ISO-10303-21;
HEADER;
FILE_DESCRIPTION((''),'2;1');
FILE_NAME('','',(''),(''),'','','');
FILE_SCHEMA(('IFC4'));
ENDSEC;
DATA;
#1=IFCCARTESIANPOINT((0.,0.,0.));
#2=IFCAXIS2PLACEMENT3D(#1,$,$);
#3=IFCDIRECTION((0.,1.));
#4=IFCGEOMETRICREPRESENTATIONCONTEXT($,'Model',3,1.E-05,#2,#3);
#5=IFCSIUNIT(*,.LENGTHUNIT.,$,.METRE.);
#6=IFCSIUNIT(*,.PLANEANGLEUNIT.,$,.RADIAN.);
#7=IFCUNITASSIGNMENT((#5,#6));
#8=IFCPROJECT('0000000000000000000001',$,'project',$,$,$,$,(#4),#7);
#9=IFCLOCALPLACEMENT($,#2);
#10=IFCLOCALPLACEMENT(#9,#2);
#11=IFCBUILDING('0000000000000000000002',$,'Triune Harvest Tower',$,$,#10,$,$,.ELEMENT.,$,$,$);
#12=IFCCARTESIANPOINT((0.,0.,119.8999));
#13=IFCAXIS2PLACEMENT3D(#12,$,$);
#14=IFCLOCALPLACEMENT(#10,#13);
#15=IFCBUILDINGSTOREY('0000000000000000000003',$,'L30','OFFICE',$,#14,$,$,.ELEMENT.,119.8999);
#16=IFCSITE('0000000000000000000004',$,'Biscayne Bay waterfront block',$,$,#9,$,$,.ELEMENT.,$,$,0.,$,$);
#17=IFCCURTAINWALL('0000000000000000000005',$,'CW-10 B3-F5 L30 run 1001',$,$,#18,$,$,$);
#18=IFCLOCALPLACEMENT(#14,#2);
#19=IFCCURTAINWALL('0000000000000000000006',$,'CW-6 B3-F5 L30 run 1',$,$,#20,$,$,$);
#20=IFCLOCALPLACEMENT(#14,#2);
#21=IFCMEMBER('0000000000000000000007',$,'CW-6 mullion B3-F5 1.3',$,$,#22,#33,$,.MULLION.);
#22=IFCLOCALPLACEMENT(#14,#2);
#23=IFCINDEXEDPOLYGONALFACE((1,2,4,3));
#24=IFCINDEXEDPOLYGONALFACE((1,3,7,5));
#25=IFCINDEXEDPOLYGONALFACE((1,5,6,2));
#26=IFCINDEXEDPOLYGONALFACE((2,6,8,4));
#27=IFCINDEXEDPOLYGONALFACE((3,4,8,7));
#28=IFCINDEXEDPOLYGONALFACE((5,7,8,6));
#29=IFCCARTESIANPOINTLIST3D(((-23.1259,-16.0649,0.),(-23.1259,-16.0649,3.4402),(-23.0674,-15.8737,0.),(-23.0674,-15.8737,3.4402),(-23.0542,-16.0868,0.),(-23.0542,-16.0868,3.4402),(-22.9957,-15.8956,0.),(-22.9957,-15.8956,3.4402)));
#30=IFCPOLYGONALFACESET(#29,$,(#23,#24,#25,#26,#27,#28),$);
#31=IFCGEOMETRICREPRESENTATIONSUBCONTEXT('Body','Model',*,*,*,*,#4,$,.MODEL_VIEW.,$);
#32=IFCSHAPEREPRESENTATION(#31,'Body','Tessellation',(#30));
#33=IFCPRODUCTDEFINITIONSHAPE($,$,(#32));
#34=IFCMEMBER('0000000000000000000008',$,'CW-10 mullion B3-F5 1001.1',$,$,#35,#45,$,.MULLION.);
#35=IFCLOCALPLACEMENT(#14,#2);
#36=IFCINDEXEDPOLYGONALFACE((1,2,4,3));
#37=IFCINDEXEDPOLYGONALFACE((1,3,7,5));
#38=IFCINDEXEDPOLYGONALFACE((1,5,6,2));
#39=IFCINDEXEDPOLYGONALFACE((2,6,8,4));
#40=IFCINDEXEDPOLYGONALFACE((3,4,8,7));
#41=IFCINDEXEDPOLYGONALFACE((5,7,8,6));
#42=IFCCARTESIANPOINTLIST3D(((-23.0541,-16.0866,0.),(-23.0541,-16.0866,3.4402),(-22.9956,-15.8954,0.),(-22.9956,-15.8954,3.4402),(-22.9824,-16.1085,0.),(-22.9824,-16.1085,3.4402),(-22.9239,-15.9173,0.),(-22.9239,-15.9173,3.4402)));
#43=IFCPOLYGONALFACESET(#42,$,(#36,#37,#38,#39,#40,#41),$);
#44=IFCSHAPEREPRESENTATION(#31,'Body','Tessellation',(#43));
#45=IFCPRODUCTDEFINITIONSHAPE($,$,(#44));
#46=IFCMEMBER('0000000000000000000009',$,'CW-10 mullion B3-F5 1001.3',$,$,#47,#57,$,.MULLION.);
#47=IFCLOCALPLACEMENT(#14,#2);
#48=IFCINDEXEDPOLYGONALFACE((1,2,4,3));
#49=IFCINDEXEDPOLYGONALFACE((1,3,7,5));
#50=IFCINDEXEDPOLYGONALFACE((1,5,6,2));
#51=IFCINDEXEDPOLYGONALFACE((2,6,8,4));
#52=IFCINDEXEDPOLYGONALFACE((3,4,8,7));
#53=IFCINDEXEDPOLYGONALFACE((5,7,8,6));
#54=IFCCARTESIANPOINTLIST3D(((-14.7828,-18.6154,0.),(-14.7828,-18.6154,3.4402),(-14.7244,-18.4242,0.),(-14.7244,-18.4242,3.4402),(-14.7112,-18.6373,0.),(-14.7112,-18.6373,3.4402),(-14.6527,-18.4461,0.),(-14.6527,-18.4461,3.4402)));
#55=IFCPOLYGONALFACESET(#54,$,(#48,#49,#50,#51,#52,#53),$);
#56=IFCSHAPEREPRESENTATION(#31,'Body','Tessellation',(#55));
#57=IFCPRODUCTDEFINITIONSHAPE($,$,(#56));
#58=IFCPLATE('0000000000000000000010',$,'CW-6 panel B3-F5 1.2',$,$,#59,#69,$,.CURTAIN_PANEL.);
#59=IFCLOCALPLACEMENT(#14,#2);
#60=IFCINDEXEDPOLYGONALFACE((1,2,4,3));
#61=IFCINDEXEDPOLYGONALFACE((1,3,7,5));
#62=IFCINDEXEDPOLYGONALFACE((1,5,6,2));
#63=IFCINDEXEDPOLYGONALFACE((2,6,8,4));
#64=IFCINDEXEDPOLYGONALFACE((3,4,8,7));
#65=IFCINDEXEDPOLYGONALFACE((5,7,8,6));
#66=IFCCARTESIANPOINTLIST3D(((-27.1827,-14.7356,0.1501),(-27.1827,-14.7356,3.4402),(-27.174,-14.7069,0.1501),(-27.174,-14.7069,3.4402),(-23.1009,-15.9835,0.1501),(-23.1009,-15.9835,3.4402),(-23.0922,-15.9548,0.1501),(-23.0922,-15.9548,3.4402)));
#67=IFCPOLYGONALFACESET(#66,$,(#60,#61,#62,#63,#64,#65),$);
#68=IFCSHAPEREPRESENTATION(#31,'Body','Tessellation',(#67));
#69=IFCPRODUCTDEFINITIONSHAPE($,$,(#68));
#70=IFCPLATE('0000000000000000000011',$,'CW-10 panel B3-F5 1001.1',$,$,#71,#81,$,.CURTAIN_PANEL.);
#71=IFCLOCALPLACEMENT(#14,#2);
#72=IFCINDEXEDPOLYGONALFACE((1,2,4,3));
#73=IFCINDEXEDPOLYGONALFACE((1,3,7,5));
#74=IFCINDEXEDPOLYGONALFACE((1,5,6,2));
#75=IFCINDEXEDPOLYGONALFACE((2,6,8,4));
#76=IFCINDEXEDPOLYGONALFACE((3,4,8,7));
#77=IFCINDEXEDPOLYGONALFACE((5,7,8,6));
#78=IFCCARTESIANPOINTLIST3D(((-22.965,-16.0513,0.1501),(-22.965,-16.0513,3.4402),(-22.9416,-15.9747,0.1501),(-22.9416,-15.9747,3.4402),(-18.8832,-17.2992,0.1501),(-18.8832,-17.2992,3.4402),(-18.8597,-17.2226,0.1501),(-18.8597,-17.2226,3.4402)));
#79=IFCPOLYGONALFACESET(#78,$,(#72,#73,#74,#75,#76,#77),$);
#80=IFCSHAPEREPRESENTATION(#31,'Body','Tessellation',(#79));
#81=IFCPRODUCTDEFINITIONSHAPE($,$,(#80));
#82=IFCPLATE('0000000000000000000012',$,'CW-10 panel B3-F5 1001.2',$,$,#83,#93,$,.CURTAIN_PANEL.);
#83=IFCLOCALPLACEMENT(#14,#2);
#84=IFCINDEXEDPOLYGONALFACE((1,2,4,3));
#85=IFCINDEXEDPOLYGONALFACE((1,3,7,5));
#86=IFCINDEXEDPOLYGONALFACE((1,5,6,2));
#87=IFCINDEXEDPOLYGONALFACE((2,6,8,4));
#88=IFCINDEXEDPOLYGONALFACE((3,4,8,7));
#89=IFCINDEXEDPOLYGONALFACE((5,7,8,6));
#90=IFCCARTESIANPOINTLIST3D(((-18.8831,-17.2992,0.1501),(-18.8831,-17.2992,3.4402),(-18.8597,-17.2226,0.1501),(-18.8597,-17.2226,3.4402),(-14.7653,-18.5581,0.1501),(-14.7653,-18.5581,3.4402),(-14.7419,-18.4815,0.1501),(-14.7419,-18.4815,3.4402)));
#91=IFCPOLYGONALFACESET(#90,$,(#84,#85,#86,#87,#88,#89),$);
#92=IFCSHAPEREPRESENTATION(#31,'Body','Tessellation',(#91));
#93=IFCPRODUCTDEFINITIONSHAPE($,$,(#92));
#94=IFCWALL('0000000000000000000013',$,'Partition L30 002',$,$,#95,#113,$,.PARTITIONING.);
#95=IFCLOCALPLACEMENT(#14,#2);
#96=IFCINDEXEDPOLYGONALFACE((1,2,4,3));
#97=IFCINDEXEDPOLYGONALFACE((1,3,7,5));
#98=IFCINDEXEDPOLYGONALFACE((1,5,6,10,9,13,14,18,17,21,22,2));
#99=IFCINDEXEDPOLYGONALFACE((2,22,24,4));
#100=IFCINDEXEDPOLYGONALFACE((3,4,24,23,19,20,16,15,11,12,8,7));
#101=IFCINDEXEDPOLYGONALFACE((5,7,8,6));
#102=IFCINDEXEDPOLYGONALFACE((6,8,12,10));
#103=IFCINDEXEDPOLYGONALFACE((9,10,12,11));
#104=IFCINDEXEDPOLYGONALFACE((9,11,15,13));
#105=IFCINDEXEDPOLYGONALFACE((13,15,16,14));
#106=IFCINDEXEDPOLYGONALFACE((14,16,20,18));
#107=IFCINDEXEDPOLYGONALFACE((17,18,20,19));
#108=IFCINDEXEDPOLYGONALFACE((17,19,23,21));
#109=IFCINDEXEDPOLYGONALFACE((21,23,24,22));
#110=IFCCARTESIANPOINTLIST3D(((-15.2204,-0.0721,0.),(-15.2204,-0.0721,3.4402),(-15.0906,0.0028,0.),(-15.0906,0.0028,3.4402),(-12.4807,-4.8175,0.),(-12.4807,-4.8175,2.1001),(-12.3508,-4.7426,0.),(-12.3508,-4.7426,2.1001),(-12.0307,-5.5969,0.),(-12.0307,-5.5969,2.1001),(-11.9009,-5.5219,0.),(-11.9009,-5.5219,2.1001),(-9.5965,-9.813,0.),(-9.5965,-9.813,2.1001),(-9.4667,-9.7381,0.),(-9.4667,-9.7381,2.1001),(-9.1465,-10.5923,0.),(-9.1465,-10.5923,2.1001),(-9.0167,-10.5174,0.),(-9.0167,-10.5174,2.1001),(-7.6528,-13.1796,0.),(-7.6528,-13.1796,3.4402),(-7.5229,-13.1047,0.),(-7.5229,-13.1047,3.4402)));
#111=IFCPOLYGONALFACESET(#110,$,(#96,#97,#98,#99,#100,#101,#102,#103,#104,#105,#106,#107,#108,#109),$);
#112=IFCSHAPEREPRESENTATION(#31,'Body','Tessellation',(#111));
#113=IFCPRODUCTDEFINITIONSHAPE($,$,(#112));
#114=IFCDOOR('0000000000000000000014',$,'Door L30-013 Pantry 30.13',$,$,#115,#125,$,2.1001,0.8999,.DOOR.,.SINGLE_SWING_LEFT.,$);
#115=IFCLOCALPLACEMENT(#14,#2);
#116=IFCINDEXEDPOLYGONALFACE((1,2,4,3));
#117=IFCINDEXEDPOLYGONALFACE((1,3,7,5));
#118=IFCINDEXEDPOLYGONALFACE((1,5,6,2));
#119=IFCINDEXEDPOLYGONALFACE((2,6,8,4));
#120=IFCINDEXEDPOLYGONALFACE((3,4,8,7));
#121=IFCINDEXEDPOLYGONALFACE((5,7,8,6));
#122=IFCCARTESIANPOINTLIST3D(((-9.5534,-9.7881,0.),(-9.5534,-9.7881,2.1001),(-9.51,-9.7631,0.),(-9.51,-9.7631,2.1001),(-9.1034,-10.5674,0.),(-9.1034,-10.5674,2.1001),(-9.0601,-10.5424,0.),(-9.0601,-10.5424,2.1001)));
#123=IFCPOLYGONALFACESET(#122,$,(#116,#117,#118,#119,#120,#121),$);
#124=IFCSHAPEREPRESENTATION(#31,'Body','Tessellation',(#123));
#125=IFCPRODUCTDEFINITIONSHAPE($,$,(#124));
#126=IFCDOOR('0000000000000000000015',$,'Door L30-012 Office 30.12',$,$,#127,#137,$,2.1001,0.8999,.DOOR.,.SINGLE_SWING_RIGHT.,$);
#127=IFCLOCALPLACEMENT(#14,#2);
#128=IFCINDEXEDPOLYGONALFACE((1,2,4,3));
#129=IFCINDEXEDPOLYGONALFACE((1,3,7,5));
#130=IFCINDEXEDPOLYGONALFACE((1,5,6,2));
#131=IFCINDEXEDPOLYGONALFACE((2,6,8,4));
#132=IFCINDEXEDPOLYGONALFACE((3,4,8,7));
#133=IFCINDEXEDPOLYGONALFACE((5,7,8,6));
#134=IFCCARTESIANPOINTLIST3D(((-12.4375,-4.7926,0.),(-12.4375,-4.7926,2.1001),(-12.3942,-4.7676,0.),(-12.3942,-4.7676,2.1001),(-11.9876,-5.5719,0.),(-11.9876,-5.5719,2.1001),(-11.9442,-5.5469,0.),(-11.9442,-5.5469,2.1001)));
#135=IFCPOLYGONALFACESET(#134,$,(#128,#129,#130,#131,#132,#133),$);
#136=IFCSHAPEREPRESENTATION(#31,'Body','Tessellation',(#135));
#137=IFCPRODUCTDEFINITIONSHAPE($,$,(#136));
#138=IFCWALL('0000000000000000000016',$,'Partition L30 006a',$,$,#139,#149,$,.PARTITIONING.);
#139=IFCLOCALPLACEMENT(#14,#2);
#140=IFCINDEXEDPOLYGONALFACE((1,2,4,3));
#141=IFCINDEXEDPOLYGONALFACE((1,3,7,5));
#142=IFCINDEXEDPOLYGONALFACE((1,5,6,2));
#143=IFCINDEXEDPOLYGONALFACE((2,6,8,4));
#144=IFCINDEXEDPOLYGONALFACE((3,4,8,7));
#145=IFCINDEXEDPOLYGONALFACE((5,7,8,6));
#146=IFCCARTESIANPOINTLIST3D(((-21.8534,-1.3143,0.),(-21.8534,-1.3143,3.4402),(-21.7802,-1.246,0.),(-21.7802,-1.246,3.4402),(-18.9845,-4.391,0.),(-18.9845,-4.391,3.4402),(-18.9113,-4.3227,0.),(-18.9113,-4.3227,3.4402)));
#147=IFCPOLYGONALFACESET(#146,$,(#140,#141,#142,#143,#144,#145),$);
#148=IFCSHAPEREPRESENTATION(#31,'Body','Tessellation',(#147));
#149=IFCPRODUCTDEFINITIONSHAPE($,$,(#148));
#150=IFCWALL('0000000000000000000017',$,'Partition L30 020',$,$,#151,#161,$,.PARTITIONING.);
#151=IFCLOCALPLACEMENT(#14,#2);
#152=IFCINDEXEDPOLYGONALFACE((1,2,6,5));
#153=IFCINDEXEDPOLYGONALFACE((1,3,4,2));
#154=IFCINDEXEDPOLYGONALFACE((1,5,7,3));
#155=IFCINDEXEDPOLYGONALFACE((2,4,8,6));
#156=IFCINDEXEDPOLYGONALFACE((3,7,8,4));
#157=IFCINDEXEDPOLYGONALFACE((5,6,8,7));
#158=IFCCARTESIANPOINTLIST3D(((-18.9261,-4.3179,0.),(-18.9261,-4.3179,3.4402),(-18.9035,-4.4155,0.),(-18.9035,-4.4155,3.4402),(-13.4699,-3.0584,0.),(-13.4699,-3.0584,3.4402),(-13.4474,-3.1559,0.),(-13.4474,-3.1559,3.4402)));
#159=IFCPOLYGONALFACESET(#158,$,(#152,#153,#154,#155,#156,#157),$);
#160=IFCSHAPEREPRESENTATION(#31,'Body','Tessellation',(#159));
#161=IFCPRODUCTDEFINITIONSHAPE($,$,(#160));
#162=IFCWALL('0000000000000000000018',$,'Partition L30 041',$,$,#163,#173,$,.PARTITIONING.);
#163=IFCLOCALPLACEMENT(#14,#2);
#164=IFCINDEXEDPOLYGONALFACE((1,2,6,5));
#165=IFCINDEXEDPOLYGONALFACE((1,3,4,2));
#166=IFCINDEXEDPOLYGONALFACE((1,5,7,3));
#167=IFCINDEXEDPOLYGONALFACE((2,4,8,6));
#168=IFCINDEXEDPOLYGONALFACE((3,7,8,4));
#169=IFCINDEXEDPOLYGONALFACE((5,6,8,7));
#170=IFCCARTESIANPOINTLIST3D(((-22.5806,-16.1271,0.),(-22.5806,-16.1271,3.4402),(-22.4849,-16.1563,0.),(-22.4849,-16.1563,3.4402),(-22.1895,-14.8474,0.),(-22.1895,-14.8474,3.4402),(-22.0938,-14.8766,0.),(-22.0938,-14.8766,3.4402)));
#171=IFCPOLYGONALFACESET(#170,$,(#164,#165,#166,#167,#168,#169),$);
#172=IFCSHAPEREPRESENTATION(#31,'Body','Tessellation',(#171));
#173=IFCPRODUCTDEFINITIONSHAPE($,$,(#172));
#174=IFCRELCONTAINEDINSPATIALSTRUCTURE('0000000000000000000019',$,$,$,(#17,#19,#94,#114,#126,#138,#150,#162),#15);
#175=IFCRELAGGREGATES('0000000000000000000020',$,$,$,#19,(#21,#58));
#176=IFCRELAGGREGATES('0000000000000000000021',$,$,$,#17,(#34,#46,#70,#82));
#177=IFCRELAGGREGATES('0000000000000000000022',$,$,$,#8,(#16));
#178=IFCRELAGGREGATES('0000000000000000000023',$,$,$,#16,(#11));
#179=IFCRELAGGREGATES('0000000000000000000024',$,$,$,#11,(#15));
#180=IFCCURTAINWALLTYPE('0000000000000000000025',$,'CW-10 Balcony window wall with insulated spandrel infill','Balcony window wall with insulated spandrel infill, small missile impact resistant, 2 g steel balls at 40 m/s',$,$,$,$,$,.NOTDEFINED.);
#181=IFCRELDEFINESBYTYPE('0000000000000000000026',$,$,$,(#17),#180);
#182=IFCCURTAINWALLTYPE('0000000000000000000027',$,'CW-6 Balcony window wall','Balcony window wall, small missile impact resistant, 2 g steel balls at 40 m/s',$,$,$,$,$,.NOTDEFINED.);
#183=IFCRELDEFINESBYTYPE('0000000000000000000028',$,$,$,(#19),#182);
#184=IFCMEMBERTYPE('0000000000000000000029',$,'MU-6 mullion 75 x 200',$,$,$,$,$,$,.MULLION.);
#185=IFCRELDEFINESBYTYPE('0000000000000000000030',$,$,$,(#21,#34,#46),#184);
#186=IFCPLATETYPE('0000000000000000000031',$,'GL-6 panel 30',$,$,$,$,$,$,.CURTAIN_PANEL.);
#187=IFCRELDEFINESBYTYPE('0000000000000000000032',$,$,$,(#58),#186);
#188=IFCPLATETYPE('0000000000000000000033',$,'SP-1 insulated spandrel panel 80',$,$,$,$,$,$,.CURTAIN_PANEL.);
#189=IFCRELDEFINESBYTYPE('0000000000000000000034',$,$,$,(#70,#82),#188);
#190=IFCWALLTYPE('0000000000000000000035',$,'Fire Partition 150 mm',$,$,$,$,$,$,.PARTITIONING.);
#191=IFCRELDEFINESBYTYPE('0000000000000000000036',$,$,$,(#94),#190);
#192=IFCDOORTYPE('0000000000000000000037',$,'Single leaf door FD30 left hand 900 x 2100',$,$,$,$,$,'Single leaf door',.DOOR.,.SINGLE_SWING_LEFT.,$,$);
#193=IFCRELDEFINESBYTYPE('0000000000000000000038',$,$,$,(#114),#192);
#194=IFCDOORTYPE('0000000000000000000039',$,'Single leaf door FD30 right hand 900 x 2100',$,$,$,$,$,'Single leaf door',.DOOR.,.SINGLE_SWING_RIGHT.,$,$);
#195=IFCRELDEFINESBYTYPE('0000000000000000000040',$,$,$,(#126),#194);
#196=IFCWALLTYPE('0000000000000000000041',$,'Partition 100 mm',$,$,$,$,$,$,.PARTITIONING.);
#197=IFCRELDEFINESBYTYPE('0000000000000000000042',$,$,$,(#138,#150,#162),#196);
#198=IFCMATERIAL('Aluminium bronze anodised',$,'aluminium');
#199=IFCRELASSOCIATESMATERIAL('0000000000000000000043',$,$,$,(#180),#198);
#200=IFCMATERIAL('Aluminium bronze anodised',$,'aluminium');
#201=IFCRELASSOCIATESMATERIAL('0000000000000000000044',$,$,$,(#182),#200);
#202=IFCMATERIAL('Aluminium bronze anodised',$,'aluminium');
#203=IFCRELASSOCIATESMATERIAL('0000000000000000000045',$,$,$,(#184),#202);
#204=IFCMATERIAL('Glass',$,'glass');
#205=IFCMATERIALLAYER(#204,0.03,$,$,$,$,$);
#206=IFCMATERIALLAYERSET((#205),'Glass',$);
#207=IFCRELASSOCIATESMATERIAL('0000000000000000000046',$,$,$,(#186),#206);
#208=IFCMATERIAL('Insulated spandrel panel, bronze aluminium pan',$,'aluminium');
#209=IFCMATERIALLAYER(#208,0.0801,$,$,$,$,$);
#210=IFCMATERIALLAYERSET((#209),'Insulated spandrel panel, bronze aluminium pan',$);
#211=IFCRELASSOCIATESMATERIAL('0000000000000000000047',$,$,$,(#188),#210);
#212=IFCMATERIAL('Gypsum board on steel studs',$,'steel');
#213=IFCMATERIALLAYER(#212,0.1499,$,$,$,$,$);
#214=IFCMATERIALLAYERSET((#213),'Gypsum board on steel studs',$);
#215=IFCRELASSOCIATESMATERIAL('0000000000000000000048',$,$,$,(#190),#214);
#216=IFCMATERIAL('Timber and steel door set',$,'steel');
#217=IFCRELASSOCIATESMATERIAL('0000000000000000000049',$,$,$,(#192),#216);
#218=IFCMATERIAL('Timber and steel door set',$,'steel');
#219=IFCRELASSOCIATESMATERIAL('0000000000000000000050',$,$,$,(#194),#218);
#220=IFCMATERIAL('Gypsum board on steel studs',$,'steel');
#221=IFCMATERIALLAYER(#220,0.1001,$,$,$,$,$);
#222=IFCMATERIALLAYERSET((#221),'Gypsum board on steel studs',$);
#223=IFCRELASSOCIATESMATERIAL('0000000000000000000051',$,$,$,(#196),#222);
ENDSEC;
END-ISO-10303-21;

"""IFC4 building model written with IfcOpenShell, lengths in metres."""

from ifc_helpers import new_model, si_unit, direction, frame, frame_2d, origin, origin_2d, place, context, subcontext, project, spatial, rectangle, extrude, source, transform, mapped, material, layer, layer_set, material_profile, profile_set, type_object, element, fill, aggregate, save


model = new_model("IFC4")

# Units and contexts
model_context = context("Model", 3, precision=1e-05, world=origin(), true_north=direction((0.0, 1.0)))
body_context = subcontext(model_context, "Body", "Model", "MODEL_VIEW")
ifc_project = project(units=[si_unit("LENGTHUNIT", "METRE"), si_unit("PLANEANGLEUNIT", "RADIAN")], contexts=[model_context])

# Site, building, storey
site_placement = place(None, origin())
site = spatial("IfcSite", under=ifc_project, at=site_placement, Name="Biscayne Bay waterfront block", CompositionType="ELEMENT", RefElevation=0.0)
building_placement = place(site_placement, origin())
building = spatial("IfcBuilding", under=site, at=building_placement, Name="Triune Harvest Tower", CompositionType="ELEMENT")
storey_placement = place(building_placement, frame((0.0, 0.0, 119.8999)))
storey = spatial("IfcBuildingStorey", under=building, at=storey_placement, Name="L30", Description="OFFICE", CompositionType="ELEMENT", Elevation=119.8999)

# Curtain wall
ifc_material_1 = material(Name="Aluminium bronze anodised", Category="aluminium")
curtain_wall_type_1 = type_object("IfcCurtainWallType", Name="CW-10 Balcony window wall with insulated spandrel infill", Description="Balcony window wall with insulated spandrel infill, small missile impact resistant, 2 g steel balls at 40 m/s", PredefinedType="NOTDEFINED", material=ifc_material_1)
curtain_wall_1_placement = place(storey_placement, origin())
curtain_wall_1 = element("IfcCurtainWall", 1, at=curtain_wall_1_placement, inside=storey, type_object=curtain_wall_type_1, Name="CW-10 B3-F5 L30 run 1001")

# Curtain wall, member
ifc_material_2 = material(Name="Aluminium bronze anodised", Category="aluminium")
curtain_wall_type_2 = type_object("IfcCurtainWallType", Name="CW-6 Balcony window wall", Description="Balcony window wall, small missile impact resistant, 2 g steel balls at 40 m/s", PredefinedType="NOTDEFINED", material=ifc_material_2)
curtain_wall_2_placement = place(storey_placement, origin())
curtain_wall_2 = element("IfcCurtainWall", 2, at=curtain_wall_2_placement, inside=storey, type_object=curtain_wall_type_2, Name="CW-6 B3-F5 L30 run 1")
ifc_material_3 = material(Name="Aluminium bronze anodised", Category="aluminium")
ifc_material_profile_1 = material_profile(ifc_material_3, rectangle(XDim=0.2, YDim=0.075, at=origin_2d()), Name="MU-6 mullion 75 x 200")
ifc_profile_set_1 = profile_set([ifc_material_profile_1], Name="Aluminium bronze anodised")
member_type_1 = type_object("IfcMemberType", Name="MU-6 mullion 75 x 200", PredefinedType="MULLION", material=ifc_profile_set_1)
shared_shape_1 = source(origin(), body_context, "Body", "SweptSolid", [
    extrude(rectangle(XDim=0.2, YDim=0.075, at=origin_2d()), origin(), (0.0, 0.0, 1.0), 3.4402),
])
member_1_placement = place(storey_placement, frame((-23.0608, -15.9802, 0.0), z_axis=(0.0, 0.0, 1.0), x_axis=(0.292376, 0.956303, 0.0)))
member_1 = element("IfcMember", 3, at=member_1_placement, type_object=member_type_1, Name="CW-6 mullion B3-F5 1.3", PredefinedType="MULLION", context=body_context, shape_type="MappedRepresentation", body=[
    mapped(shared_shape_1, transform((0.0, 0.0, 0.0), scale=1.0)),
])

# Members
member_2_placement = place(storey_placement, frame((-22.989, -16.002, 0.0), z_axis=(0.0, 0.0, 1.0), x_axis=(0.292368, 0.956306, 0.0)))
member_2 = element("IfcMember", 4, at=member_2_placement, type_object=member_type_1, Name="CW-10 mullion B3-F5 1001.1", PredefinedType="MULLION", context=body_context, shape_type="MappedRepresentation", body=[
    mapped(shared_shape_1, transform((0.0, 0.0, 0.0), scale=1.0)),
])
member_3_placement = place(storey_placement, frame((-14.7178, -18.5308, 0.0), z_axis=(0.0, 0.0, 1.0), x_axis=(0.292368, 0.956306, 0.0)))
member_3 = element("IfcMember", 5, at=member_3_placement, type_object=member_type_1, Name="CW-10 mullion B3-F5 1001.3", PredefinedType="MULLION", context=body_context, shape_type="MappedRepresentation", body=[
    mapped(shared_shape_1, transform((0.0, 0.0, 0.0), scale=1.0)),
])

# Plates
ifc_material_4 = material(Name="Glass", Category="glass")
ifc_layer_1 = layer(ifc_material_4, 0.03)
ifc_layer_set_1 = layer_set([ifc_layer_1], Name="Glass")
plate_type_1 = type_object("IfcPlateType", Name="GL-6 panel 30", PredefinedType="CURTAIN_PANEL", material=ifc_layer_set_1)
shared_shape_2 = source(origin(), body_context, "Body", "SweptSolid", [
    extrude(rectangle(XDim=4.2683, YDim=0.03, at=origin_2d()), origin(), (0.0, 0.0, 1.0), 3.29),
])
plate_1_placement = place(storey_placement, frame((-25.1375, -15.3452, 0.1501), z_axis=(0.0, 0.0, 1.0), x_axis=(0.956303, -0.292376, 0.0)))
plate_1 = element("IfcPlate", 6, at=plate_1_placement, type_object=plate_type_1, Name="CW-6 panel B3-F5 1.2", PredefinedType="CURTAIN_PANEL", context=body_context, shape_type="MappedRepresentation", body=[
    mapped(shared_shape_2, transform((0.0, 0.0, 0.0), scale=1.0)),
])
aggregate(curtain_wall_2, [member_1, plate_1])
ifc_material_5 = material(Name="Insulated spandrel panel, bronze aluminium pan", Category="aluminium")
ifc_layer_2 = layer(ifc_material_5, 0.0801)
ifc_layer_set_2 = layer_set([ifc_layer_2], Name="Insulated spandrel panel, bronze aluminium pan")
plate_type_2 = type_object("IfcPlateType", Name="SP-1 insulated spandrel panel 80", PredefinedType="CURTAIN_PANEL", material=ifc_layer_set_2)
shared_shape_3 = source(origin(), body_context, "Body", "SweptSolid", [
    extrude(rectangle(XDim=4.2683, YDim=0.0801, at=origin_2d()), origin(), (0.0, 0.0, 1.0), 3.29),
])
plate_2_placement = place(storey_placement, frame((-20.9124, -16.637, 0.1501), z_axis=(0.0, 0.0, 1.0), x_axis=(0.956306, -0.292368, 0.0)))
plate_2 = element("IfcPlate", 7, at=plate_2_placement, type_object=plate_type_2, Name="CW-10 panel B3-F5 1001.1", PredefinedType="CURTAIN_PANEL", context=body_context, shape_type="MappedRepresentation", body=[
    mapped(shared_shape_3, transform((0.0, 0.0, 0.0), scale=1.0)),
])
shared_shape_4 = source(origin(), body_context, "Body", "SweptSolid", [
    extrude(rectangle(XDim=4.3059, YDim=0.0801, at=origin_2d()), origin(), (0.0, 0.0, 1.0), 3.29),
])
plate_3_placement = place(storey_placement, frame((-16.8125, -17.8904, 0.1501), z_axis=(0.0, 0.0, 1.0), x_axis=(0.956306, -0.292368, 0.0)))
plate_3 = element("IfcPlate", 8, at=plate_3_placement, type_object=plate_type_2, Name="CW-10 panel B3-F5 1001.2", PredefinedType="CURTAIN_PANEL", context=body_context, shape_type="MappedRepresentation", body=[
    mapped(shared_shape_4, transform((0.0, 0.0, 0.0), scale=1.0)),
])
aggregate(curtain_wall_1, [member_2, member_3, plate_2, plate_3])

# Wall, openings, doors
ifc_material_6 = material(Name="Gypsum board on steel studs", Category="steel")
ifc_layer_3 = layer(ifc_material_6, 0.1499)
ifc_layer_set_3 = layer_set([ifc_layer_3], Name="Gypsum board on steel studs")
wall_type_1 = type_object("IfcWallType", Name="Fire Partition 150 mm", PredefinedType="PARTITIONING", material=ifc_layer_set_3)
wall_1_placement = place(storey_placement, frame((-15.1555, -0.0347, 0.0), z_axis=(0.0, 0.0, 1.0), x_axis=(0.500003, -0.866024, 0.0)))
wall_1 = element("IfcWall", 9, at=wall_1_placement, inside=storey, type_object=wall_type_1, Name="Partition L30 002", PredefinedType="PARTITIONING", context=body_context, shape_type="SweptSolid", body=[
    extrude(rectangle(XDim=15.1353, YDim=0.1499, at=frame_2d((7.5676, 0.0))), origin(), (0.0, 0.0, 1.0), 3.4402),
])
opening_1_placement = place(wall_1_placement, frame((5.4795, 0.0, 0.0)))
opening_1 = element("IfcOpeningElement", 10, at=opening_1_placement, cuts=wall_1, PredefinedType="OPENING", context=body_context, shape_type="SweptSolid", body=[
    extrude(rectangle(XDim=0.8999, YDim=2.1001, at=frame_2d((0.45, 1.05))), frame((0.0, 0.085, 0.0), z_axis=(0.0, -1.0, 0.0), x_axis=(1.0, 0.0, 0.0)), (0.0, 0.0, 1.0), 0.1699),
])
opening_2_placement = place(wall_1_placement, frame((11.2478, 0.0, 0.0)))
opening_2 = element("IfcOpeningElement", 11, at=opening_2_placement, cuts=wall_1, PredefinedType="OPENING", context=body_context, shape_type="SweptSolid", body=[
    extrude(rectangle(XDim=0.8999, YDim=2.1001, at=frame_2d((0.45, 1.05))), frame((0.0, 0.085, 0.0), z_axis=(0.0, -1.0, 0.0), x_axis=(1.0, 0.0, 0.0)), (0.0, 0.0, 1.0), 0.1699),
])
ifc_material_7 = material(Name="Timber and steel door set", Category="steel")
door_type_1 = type_object("IfcDoorType", Name="Single leaf door FD30 left hand 900 x 2100", ElementType="Single leaf door", OperationType="SINGLE_SWING_LEFT", PredefinedType="DOOR", material=ifc_material_7)
door_1_placement = place(opening_2_placement, origin())
door_1 = element("IfcDoor", 12, at=door_1_placement, inside=storey, type_object=door_type_1, Name="Door L30-013 Pantry 30.13", OperationType="SINGLE_SWING_LEFT", OverallHeight=2.1001, OverallWidth=0.8999, PredefinedType="DOOR", context=body_context, shape_type="SweptSolid", body=[
    extrude(rectangle(XDim=0.8999, YDim=2.1001, at=frame_2d((0.45, 1.05))), frame((0.0, 0.0249, 0.0), z_axis=(0.0, -1.0, 0.0), x_axis=(1.0, 0.0, 0.0)), (0.0, 0.0, 1.0), 0.05),
])
fill(opening_2, door_1)
ifc_material_8 = material(Name="Timber and steel door set", Category="steel")
door_type_2 = type_object("IfcDoorType", Name="Single leaf door FD30 right hand 900 x 2100", ElementType="Single leaf door", OperationType="SINGLE_SWING_RIGHT", PredefinedType="DOOR", material=ifc_material_8)
door_2_placement = place(opening_1_placement, origin())
door_2 = element("IfcDoor", 13, at=door_2_placement, inside=storey, type_object=door_type_2, Name="Door L30-012 Office 30.12", OperationType="SINGLE_SWING_RIGHT", OverallHeight=2.1001, OverallWidth=0.8999, PredefinedType="DOOR", context=body_context, shape_type="SweptSolid", body=[
    extrude(rectangle(XDim=0.8999, YDim=2.1001, at=frame_2d((0.45, 1.05))), frame((0.0, 0.0249, 0.0), z_axis=(0.0, -1.0, 0.0), x_axis=(1.0, 0.0, 0.0)), (0.0, 0.0, 1.0), 0.05),
])
fill(opening_1, door_2)

# Walls
ifc_material_9 = material(Name="Gypsum board on steel studs", Category="steel")
ifc_layer_4 = layer(ifc_material_9, 0.1001)
ifc_layer_set_4 = layer_set([ifc_layer_4], Name="Gypsum board on steel studs")
wall_type_2 = type_object("IfcWallType", Name="Partition 100 mm", PredefinedType="PARTITIONING", material=ifc_layer_set_4)
wall_2_placement = place(storey_placement, frame((-21.8169, -1.28, 0.0), z_axis=(0.0, 0.0, 1.0), x_axis=(0.681981, -0.73137, 0.0)))
element("IfcWall", 14, at=wall_2_placement, inside=storey, type_object=wall_type_2, Name="Partition L30 006a", PredefinedType="PARTITIONING", context=body_context, shape_type="SweptSolid", body=[
    extrude(rectangle(XDim=4.2068, YDim=0.1001, at=frame_2d((2.1035, 0.0))), origin(), (0.0, 0.0, 1.0), 3.4402),
])
wall_3_placement = place(storey_placement, frame((-18.9148, -4.3667, 0.0), z_axis=(0.0, 0.0, 1.0), x_axis=(0.974374, 0.224933, 0.0)))
element("IfcWall", 15, at=wall_3_placement, inside=storey, type_object=wall_type_2, Name="Partition L30 020", PredefinedType="PARTITIONING", context=body_context, shape_type="SweptSolid", body=[
    extrude(rectangle(XDim=5.5996, YDim=0.1001, at=frame_2d((2.7998, 0.0))), origin(), (0.0, 0.0, 1.0), 3.4402),
])
shared_shape_5 = source(origin(), body_context, "Body", "SweptSolid", [
    extrude(rectangle(XDim=1.3381, YDim=0.1001, at=frame_2d((0.6689, 0.0))), origin(), (0.0, 0.0, 1.0), 3.4402),
])
wall_4_placement = place(storey_placement, frame((-22.5327, -16.1416, 0.0), z_axis=(0.0, 0.0, 1.0), x_axis=(0.292265, 0.956337, 0.0)))
element("IfcWall", 16, at=wall_4_placement, inside=storey, type_object=wall_type_2, Name="Partition L30 041", PredefinedType="PARTITIONING", context=body_context, shape_type="MappedRepresentation", body=[
    mapped(shared_shape_5, transform((0.0, 0.0, 0.0), scale=1.0)),
])

save(model, "model.ifc")
